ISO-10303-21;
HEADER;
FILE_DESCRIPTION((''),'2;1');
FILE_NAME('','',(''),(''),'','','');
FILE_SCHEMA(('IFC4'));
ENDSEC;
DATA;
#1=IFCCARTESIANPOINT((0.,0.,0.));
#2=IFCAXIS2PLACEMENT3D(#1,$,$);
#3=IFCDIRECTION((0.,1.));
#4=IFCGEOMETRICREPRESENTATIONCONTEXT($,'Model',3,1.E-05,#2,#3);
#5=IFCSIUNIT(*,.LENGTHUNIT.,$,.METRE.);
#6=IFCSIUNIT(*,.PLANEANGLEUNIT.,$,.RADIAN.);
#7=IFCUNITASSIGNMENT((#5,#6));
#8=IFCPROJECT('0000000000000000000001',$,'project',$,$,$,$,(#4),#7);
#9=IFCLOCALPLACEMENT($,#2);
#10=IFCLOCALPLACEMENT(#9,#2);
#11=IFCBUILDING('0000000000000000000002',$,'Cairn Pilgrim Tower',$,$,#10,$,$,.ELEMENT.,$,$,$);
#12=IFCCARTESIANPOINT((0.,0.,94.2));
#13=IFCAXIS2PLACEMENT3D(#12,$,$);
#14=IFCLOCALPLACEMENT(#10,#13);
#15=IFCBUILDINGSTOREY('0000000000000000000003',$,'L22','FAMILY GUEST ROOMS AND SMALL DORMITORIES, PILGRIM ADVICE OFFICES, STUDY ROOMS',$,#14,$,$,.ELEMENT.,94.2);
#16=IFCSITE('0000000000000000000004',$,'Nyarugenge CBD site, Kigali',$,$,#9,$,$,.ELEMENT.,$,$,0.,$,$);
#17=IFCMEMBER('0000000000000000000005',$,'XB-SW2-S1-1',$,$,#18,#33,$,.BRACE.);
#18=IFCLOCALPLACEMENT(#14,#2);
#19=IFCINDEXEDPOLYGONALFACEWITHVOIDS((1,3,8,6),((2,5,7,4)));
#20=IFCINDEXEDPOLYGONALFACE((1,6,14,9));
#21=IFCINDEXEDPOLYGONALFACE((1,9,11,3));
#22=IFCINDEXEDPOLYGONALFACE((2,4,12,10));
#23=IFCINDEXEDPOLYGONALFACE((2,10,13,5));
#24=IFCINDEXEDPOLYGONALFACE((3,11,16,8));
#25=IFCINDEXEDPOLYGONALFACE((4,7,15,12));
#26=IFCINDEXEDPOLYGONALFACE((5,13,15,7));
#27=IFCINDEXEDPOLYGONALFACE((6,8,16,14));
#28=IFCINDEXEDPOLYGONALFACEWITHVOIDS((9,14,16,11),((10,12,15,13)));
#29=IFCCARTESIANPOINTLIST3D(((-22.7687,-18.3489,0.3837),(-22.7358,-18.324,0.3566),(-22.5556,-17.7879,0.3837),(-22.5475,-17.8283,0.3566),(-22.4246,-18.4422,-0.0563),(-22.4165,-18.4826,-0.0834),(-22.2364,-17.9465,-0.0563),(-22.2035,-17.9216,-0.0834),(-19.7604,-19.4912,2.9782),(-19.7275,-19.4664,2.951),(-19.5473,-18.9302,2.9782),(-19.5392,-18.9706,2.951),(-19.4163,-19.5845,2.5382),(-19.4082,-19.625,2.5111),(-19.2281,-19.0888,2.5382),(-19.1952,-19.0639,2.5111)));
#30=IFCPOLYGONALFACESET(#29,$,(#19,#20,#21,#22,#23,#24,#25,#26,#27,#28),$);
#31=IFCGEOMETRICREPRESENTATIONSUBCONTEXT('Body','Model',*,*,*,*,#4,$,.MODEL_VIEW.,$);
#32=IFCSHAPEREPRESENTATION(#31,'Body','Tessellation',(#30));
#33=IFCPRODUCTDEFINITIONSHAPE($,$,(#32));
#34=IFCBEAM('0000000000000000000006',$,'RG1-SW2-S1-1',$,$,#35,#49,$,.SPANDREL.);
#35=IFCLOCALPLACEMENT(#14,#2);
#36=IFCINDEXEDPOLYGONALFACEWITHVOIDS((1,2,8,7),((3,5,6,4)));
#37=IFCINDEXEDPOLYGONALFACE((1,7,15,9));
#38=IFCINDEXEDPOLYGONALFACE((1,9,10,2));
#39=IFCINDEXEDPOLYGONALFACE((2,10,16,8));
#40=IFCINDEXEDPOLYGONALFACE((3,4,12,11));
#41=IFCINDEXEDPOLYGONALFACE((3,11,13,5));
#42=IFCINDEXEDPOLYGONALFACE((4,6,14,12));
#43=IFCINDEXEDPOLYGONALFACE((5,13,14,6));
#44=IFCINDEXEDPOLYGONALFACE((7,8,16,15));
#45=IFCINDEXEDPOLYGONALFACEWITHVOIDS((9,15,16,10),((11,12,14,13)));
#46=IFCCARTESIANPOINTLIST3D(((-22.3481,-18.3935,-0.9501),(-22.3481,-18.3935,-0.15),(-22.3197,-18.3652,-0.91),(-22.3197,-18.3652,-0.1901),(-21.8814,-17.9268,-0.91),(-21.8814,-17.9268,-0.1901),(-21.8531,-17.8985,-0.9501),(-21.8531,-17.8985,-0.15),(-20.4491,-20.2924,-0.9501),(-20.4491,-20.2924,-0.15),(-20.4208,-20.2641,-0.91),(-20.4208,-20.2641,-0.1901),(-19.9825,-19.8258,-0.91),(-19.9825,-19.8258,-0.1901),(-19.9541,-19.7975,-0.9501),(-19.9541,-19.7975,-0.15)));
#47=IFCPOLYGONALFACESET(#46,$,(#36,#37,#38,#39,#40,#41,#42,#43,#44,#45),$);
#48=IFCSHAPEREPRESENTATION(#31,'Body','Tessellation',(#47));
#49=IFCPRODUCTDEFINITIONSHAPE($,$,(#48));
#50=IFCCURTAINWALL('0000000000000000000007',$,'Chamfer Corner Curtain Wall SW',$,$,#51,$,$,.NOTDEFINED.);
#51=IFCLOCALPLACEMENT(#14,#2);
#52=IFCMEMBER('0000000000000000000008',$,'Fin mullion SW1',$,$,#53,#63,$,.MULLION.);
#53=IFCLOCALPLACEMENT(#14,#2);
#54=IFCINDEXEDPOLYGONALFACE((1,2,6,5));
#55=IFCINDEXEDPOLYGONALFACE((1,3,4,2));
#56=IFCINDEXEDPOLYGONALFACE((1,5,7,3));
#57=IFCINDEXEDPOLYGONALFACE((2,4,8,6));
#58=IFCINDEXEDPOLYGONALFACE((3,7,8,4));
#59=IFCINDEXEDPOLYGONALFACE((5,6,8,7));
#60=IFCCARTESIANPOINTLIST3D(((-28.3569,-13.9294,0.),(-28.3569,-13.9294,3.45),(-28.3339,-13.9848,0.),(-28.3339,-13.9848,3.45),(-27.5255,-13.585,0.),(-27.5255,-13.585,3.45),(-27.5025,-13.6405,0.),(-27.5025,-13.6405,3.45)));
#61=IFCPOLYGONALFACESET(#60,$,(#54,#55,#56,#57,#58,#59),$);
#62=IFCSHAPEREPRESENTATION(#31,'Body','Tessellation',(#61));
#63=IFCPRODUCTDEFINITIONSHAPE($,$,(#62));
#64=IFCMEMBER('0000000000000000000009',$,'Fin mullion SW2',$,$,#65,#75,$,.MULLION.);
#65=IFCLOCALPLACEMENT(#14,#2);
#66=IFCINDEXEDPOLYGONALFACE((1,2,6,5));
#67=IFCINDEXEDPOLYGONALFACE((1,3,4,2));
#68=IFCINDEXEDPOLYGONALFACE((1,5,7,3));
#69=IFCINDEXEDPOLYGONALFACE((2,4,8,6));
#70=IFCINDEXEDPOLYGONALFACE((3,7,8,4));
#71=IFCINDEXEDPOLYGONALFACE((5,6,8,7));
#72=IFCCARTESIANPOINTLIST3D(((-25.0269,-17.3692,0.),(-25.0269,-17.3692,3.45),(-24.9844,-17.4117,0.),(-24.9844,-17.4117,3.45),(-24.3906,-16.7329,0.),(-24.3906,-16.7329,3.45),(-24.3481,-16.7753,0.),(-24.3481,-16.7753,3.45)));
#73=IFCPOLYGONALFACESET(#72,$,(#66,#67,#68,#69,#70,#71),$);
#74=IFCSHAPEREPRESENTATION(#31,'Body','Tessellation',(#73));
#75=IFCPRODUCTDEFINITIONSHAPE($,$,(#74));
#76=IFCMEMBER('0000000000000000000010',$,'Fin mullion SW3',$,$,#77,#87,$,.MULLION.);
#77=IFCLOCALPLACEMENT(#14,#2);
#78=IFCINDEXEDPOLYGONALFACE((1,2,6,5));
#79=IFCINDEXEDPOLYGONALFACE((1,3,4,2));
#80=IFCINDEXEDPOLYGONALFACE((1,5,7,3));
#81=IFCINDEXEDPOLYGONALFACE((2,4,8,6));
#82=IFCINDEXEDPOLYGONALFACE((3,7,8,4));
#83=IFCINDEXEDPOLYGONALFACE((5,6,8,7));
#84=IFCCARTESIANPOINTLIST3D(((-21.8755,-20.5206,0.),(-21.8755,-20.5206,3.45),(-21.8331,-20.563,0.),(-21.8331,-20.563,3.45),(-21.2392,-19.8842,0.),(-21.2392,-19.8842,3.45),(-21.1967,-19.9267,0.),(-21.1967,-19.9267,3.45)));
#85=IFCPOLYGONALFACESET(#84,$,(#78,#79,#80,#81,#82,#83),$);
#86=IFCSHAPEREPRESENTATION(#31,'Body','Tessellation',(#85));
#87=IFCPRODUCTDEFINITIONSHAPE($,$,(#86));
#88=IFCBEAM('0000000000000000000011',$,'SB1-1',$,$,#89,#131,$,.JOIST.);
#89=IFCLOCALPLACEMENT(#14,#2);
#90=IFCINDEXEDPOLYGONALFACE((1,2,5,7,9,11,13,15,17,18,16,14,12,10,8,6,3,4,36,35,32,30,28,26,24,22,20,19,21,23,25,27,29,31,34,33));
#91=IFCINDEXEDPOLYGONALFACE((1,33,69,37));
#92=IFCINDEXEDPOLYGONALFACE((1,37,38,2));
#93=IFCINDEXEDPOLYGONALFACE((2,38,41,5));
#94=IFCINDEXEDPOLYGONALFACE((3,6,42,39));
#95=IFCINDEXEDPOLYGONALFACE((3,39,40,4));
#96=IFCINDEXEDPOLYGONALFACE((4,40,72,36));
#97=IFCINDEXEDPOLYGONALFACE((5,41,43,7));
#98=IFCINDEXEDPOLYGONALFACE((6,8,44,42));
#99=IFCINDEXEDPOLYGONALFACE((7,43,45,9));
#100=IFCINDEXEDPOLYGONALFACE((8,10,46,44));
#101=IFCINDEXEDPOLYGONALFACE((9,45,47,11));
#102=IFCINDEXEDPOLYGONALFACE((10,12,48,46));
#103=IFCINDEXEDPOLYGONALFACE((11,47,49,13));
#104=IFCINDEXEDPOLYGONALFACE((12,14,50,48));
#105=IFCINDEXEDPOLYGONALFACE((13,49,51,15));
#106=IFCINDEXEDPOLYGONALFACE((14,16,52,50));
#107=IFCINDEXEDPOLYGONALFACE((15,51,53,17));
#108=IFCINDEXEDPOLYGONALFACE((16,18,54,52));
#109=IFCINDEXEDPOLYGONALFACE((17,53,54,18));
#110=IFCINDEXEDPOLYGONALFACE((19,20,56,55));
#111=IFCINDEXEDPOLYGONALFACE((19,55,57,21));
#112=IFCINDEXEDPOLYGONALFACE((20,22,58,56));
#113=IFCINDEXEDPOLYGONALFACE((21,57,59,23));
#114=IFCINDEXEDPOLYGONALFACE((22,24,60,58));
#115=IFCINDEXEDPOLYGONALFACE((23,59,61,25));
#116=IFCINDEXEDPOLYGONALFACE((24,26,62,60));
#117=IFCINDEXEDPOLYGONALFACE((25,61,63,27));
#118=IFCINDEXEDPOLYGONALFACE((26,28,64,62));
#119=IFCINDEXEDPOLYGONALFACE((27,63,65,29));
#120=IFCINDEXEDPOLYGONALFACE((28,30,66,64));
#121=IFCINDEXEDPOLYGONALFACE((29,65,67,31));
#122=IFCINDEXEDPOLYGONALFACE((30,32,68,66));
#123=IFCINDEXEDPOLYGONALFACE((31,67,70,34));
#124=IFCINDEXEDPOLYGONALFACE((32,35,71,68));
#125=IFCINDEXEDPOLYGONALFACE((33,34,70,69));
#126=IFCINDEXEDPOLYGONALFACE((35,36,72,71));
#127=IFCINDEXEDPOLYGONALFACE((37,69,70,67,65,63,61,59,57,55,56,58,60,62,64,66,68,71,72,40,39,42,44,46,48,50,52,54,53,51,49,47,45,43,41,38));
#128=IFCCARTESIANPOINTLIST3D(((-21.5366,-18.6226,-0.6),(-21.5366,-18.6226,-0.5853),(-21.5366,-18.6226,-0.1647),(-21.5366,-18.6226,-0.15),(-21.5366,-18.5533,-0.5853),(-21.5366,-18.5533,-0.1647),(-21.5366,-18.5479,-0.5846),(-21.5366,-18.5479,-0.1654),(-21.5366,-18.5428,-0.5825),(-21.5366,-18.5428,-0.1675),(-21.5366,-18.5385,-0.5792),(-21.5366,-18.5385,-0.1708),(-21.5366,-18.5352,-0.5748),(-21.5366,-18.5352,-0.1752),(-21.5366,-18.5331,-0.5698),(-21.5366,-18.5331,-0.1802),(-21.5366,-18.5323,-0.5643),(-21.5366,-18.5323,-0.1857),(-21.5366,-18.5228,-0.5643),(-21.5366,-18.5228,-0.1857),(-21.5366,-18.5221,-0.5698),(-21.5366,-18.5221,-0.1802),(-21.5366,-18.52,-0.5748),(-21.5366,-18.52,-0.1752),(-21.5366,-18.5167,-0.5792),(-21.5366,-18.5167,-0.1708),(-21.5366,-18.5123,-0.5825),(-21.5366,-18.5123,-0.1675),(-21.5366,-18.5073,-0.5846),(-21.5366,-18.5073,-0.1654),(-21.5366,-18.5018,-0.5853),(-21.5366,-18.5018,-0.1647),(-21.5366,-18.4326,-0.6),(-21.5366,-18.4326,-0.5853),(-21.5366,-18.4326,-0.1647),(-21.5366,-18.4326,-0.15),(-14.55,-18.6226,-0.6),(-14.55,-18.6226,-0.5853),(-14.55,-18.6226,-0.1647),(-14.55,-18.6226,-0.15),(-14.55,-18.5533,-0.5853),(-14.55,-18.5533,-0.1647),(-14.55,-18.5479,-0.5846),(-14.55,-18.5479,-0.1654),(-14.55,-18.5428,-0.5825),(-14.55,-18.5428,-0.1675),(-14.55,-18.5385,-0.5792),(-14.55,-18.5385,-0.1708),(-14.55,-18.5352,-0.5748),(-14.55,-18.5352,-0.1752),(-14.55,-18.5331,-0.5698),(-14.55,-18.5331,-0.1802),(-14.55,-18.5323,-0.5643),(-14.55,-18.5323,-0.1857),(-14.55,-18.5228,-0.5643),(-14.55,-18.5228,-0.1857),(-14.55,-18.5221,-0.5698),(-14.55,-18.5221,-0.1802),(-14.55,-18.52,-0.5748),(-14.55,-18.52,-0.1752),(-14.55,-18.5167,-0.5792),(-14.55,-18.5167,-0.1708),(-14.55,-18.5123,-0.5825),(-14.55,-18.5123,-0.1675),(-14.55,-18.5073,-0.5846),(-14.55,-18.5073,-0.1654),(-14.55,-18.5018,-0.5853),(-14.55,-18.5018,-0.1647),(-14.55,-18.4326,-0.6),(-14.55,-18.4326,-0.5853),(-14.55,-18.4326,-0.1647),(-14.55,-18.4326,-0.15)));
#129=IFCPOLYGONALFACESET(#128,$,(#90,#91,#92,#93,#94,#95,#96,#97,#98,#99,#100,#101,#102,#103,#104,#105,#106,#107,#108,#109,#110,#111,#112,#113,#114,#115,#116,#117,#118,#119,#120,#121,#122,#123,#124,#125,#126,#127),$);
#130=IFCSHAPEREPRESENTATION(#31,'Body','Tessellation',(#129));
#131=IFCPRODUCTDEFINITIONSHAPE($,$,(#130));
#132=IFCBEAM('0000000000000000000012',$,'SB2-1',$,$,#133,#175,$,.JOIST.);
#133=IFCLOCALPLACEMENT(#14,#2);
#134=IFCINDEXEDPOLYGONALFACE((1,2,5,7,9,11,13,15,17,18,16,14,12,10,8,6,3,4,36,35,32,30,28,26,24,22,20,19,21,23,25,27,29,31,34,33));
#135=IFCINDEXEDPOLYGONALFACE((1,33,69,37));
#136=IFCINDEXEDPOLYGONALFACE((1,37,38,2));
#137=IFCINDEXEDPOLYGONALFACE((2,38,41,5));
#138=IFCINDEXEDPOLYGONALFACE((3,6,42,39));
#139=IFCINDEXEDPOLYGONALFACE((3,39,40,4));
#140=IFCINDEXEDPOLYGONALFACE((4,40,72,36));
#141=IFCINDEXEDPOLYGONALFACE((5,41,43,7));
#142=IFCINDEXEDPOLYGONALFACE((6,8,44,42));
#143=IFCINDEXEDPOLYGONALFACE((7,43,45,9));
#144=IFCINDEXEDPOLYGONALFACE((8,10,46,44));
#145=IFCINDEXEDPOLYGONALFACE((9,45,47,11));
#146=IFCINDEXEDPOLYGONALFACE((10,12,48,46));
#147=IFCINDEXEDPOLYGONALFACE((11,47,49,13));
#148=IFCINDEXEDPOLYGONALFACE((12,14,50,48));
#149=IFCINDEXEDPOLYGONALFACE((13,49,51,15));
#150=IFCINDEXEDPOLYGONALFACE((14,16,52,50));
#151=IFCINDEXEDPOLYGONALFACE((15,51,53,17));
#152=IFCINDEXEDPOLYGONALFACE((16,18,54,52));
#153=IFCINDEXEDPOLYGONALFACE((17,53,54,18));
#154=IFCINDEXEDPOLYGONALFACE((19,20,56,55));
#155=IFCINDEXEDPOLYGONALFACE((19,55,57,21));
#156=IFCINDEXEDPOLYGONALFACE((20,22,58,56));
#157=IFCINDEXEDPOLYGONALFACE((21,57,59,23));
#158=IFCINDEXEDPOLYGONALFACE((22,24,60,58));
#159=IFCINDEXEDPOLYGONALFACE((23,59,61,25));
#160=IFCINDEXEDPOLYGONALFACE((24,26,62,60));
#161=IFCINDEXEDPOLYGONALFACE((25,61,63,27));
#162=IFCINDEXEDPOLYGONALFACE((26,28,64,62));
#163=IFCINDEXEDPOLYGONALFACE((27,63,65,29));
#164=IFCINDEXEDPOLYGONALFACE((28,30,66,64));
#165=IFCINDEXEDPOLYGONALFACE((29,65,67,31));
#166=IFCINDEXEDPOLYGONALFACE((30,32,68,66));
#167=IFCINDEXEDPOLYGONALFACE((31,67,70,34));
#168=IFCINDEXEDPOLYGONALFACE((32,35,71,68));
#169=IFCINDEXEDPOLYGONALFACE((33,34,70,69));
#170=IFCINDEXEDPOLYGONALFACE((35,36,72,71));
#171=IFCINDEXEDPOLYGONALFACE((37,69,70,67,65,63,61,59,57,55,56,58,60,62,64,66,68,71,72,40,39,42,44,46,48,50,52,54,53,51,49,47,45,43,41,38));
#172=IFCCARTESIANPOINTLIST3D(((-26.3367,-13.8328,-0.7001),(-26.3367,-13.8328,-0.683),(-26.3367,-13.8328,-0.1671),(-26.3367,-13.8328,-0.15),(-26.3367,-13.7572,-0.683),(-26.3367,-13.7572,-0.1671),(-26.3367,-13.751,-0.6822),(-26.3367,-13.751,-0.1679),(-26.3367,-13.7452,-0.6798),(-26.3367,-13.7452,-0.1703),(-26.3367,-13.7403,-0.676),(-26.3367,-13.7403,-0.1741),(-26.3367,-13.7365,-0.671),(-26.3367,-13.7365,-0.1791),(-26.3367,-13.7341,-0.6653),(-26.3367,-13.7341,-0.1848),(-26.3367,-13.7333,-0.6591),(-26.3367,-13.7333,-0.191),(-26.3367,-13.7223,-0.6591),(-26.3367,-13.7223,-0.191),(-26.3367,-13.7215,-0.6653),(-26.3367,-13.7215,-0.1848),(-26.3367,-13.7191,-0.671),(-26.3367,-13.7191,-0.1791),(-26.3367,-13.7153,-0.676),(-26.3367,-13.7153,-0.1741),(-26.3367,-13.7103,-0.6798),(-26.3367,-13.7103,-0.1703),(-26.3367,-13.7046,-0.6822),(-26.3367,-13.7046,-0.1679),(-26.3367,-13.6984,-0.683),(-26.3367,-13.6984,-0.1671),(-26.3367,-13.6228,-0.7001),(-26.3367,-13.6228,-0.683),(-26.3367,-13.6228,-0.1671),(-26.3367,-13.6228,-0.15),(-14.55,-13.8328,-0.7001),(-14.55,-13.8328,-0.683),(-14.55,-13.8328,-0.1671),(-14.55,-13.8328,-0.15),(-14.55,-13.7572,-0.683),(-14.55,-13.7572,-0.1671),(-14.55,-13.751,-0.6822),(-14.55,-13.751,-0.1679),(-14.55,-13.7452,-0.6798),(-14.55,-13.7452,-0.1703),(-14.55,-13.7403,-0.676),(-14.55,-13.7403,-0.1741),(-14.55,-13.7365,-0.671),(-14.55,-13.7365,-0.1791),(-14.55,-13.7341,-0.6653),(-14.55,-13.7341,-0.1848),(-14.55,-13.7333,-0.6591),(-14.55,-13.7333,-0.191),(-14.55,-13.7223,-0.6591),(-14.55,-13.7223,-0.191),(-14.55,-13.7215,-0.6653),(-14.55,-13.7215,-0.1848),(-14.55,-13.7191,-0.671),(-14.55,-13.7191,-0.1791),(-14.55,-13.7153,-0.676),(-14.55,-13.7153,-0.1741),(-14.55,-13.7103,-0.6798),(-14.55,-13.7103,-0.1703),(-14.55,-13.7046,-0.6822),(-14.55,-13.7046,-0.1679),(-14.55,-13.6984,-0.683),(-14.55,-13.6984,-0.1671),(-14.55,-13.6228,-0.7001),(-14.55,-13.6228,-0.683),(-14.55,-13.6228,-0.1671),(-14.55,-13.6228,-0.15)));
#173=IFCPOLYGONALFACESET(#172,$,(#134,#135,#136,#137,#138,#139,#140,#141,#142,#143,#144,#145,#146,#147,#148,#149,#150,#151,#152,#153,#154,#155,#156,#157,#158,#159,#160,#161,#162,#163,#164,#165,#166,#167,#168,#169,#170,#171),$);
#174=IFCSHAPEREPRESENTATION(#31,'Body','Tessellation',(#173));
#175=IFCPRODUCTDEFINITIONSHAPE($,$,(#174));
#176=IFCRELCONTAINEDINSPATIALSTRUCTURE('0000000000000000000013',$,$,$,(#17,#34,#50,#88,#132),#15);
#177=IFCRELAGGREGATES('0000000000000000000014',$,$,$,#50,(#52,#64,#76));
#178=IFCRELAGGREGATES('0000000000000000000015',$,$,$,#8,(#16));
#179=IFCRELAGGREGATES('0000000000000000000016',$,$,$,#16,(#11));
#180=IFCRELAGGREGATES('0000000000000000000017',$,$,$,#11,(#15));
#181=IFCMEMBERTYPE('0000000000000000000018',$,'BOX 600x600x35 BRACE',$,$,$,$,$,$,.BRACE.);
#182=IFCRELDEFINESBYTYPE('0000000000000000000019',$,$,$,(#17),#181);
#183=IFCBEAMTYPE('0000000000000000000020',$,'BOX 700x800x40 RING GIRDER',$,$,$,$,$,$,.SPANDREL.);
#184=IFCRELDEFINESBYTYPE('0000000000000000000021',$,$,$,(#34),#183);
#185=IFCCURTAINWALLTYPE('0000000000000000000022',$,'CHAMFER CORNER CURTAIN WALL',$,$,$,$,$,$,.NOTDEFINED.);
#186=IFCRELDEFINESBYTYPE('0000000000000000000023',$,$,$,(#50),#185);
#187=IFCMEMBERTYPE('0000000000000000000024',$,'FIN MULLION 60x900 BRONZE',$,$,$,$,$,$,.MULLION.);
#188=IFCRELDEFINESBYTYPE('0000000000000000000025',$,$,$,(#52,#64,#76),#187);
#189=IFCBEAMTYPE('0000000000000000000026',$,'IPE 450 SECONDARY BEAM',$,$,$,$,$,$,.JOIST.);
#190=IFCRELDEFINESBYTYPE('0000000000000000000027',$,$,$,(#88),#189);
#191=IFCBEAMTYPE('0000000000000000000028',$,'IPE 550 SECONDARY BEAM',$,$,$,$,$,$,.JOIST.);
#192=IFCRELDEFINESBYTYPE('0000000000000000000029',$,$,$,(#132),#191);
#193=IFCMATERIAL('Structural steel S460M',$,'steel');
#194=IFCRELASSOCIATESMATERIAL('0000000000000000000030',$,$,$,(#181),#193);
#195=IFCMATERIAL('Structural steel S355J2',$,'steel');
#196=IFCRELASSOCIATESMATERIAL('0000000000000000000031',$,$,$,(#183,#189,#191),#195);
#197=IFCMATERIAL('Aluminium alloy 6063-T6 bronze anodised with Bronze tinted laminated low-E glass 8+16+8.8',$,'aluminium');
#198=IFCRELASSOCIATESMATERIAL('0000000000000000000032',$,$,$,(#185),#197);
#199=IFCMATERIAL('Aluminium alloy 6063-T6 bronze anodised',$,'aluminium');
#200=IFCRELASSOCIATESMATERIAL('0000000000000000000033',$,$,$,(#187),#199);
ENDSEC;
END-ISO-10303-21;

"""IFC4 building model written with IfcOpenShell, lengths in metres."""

from ifc_helpers import new_model, si_unit, direction, frame, origin, origin_2d, place, context, subcontext, project, spatial, rectangle, hollow_rectangle, i_section, extrude, material, material_profile, profile_set, type_object, element, aggregate, save


model = new_model("IFC4")

# Units and contexts
model_context = context("Model", 3, precision=1e-05, world=origin(), true_north=direction((0.0, 1.0)))
body_context = subcontext(model_context, "Body", "Model", "MODEL_VIEW")
ifc_project = project(units=[si_unit("LENGTHUNIT", "METRE"), si_unit("PLANEANGLEUNIT", "RADIAN")], contexts=[model_context])

# Site, building, storey
site_placement = place(None, origin())
site = spatial("IfcSite", under=ifc_project, at=site_placement, Name="Nyarugenge CBD site, Kigali", CompositionType="ELEMENT", RefElevation=0.0)
building_placement = place(site_placement, origin())
building = spatial("IfcBuilding", under=site, at=building_placement, Name="Cairn Pilgrim Tower", CompositionType="ELEMENT")
storey_placement = place(building_placement, frame((0.0, 0.0, 94.2)))
storey = spatial("IfcBuildingStorey", under=building, at=storey_placement, Name="L22", Description="FAMILY GUEST ROOMS AND SMALL DORMITORIES, PILGRIM ADVICE OFFICES, STUDY ROOMS", CompositionType="ELEMENT", Elevation=94.2)

# Shared definitions
ifc_material_1 = material(Name="Structural steel S460M", Category="steel")

# Member
ifc_material_profile_1 = material_profile(ifc_material_1, hollow_rectangle(XDim=0.6001, YDim=0.6001, WallThickness=0.0349, at=origin_2d()), Name="BOX 600x600x35")
ifc_profile_set_1 = profile_set([ifc_material_profile_1], Name="Structural steel S460M")
member_type_1 = type_object("IfcMemberType", Name="BOX 600x600x35 BRACE", PredefinedType="BRACE", material=ifc_profile_set_1)
member_1_placement = place(storey_placement, frame((-22.4861, -18.1353, 0.1501), z_axis=(0.727779, -0.276357, 0.627666), x_axis=(0.354995, 0.934868, 0.0)))
element("IfcMember", 1, at=member_1_placement, inside=storey, type_object=member_type_1, Name="XB-SW2-S1-1", PredefinedType="BRACE", context=body_context, shape_type="SweptSolid", body=[
    extrude(hollow_rectangle(XDim=0.6001, YDim=0.6001, WallThickness=0.0349, at=origin_2d()), origin(), (0.0, 0.0, 1.0), 4.1335),
])

# Beam
ifc_material_2 = material(Name="Structural steel S355J2", Category="steel")
ifc_material_profile_2 = material_profile(ifc_material_2, hollow_rectangle(XDim=0.7, YDim=0.8, WallThickness=0.04, at=origin_2d()), Name="BOX 700x800x40")
ifc_profile_set_2 = profile_set([ifc_material_profile_2], Name="Structural steel S355J2")
beam_type_1 = type_object("IfcBeamType", Name="BOX 700x800x40 RING GIRDER", PredefinedType="SPANDREL", material=ifc_profile_set_2)
beam_1_placement = place(storey_placement, frame((-22.1006, -18.146, -0.55), z_axis=(0.707107, -0.707107, 0.0), x_axis=(0.707107, 0.707107, 0.0)))
element("IfcBeam", 2, at=beam_1_placement, inside=storey, type_object=beam_type_1, Name="RG1-SW2-S1-1", PredefinedType="SPANDREL", context=body_context, shape_type="SweptSolid", body=[
    extrude(hollow_rectangle(XDim=0.7, YDim=0.8, WallThickness=0.04, at=origin_2d()), origin(), (0.0, 0.0, 1.0), 2.6855),
])

# Curtain wall, members
ifc_material_3 = material(Name="Aluminium alloy 6063-T6 bronze anodised with Bronze tinted laminated low-E glass 8+16+8.8", Category="aluminium")
curtain_wall_type = type_object("IfcCurtainWallType", Name="CHAMFER CORNER CURTAIN WALL", PredefinedType="NOTDEFINED", material=ifc_material_3)
curtain_wall_placement = place(storey_placement, origin())
curtain_wall = element("IfcCurtainWall", 3, at=curtain_wall_placement, inside=storey, type_object=curtain_wall_type, Name="Chamfer Corner Curtain Wall SW", PredefinedType="NOTDEFINED")
ifc_material_4 = material(Name="Aluminium alloy 6063-T6 bronze anodised", Category="aluminium")
ifc_material_profile_3 = material_profile(ifc_material_4, rectangle(XDim=0.8999, YDim=0.0601, at=origin_2d()), Name="FIN MULLION 60x900 BRONZE")
ifc_profile_set_3 = profile_set([ifc_material_profile_3], Name="Aluminium alloy 6063-T6 bronze anodised")
member_type_2 = type_object("IfcMemberType", Name="FIN MULLION 60x900 BRONZE", PredefinedType="MULLION", material=ifc_profile_set_3)
member_2_placement = place(storey_placement, frame((-27.9297, -13.7849, 0.0), z_axis=(0.0, 0.0, 1.0), x_axis=(-0.92388, -0.382683, 0.0)))
member_2 = element("IfcMember", 4, at=member_2_placement, type_object=member_type_2, Name="Fin mullion SW1", PredefinedType="MULLION", context=body_context, shape_type="SweptSolid", body=[
    extrude(rectangle(XDim=0.8999, YDim=0.0601, at=origin_2d()), origin(), (0.0, 0.0, 1.0), 3.45),
])
member_3_placement = place(storey_placement, frame((-24.6875, -17.0723, 0.0), z_axis=(0.0, 0.0, 1.0), x_axis=(-0.707107, -0.707107, 0.0)))
member_3 = element("IfcMember", 5, at=member_3_placement, type_object=member_type_2, Name="Fin mullion SW2", PredefinedType="MULLION", context=body_context, shape_type="SweptSolid", body=[
    extrude(rectangle(XDim=0.8999, YDim=0.0601, at=origin_2d()), origin(), (0.0, 0.0, 1.0), 3.45),
])
member_4_placement = place(storey_placement, frame((-21.5361, -20.2236, 0.0), z_axis=(0.0, 0.0, 1.0), x_axis=(-0.707107, -0.707107, 0.0)))
member_4 = element("IfcMember", 6, at=member_4_placement, type_object=member_type_2, Name="Fin mullion SW3", PredefinedType="MULLION", context=body_context, shape_type="SweptSolid", body=[
    extrude(rectangle(XDim=0.8999, YDim=0.0601, at=origin_2d()), origin(), (0.0, 0.0, 1.0), 3.45),
])

# Beams
ifc_material_profile_4 = material_profile(ifc_material_2, i_section(OverallWidth=0.1899, OverallDepth=0.45, WebThickness=0.0095, FlangeThickness=0.0146, FilletRadius=0.021, at=origin_2d()), Name="IPE 450")
ifc_profile_set_4 = profile_set([ifc_material_profile_4], Name="Structural steel S355J2")
beam_type_2 = type_object("IfcBeamType", Name="IPE 450 SECONDARY BEAM", PredefinedType="JOIST", material=ifc_profile_set_4)
beam_2_placement = place(storey_placement, frame((-21.5366, -18.5276, -0.375), z_axis=(1.0, 0.0, 0.0), x_axis=(0.0, 1.0, 0.0)))
element("IfcBeam", 7, at=beam_2_placement, inside=storey, type_object=beam_type_2, Name="SB1-1", PredefinedType="JOIST", context=body_context, shape_type="SweptSolid", body=[
    extrude(i_section(OverallWidth=0.1899, OverallDepth=0.45, WebThickness=0.0095, FlangeThickness=0.0146, FilletRadius=0.021, at=origin_2d()), origin(), (0.0, 0.0, 1.0), 6.9866),
])
ifc_material_profile_5 = material_profile(ifc_material_2, i_section(OverallWidth=0.21, OverallDepth=0.55, WebThickness=0.011, FlangeThickness=0.0171, FilletRadius=0.0239, at=origin_2d()), Name="IPE 550")
ifc_profile_set_5 = profile_set([ifc_material_profile_5], Name="Structural steel S355J2")
beam_type_3 = type_object("IfcBeamType", Name="IPE 550 SECONDARY BEAM", PredefinedType="JOIST", material=ifc_profile_set_5)
beam_3_placement = place(storey_placement, frame((-26.3367, -13.7278, -0.425), z_axis=(1.0, 0.0, 0.0), x_axis=(0.0, 1.0, 0.0)))
element("IfcBeam", 8, at=beam_3_placement, inside=storey, type_object=beam_type_3, Name="SB2-1", PredefinedType="JOIST", context=body_context, shape_type="SweptSolid", body=[
    extrude(i_section(OverallWidth=0.21, OverallDepth=0.55, WebThickness=0.011, FlangeThickness=0.0171, FilletRadius=0.0239, at=origin_2d()), origin(), (0.0, 0.0, 1.0), 11.7866),
])

aggregate(curtain_wall, [member_2, member_3, member_4])

save(model, "model.ifc")
